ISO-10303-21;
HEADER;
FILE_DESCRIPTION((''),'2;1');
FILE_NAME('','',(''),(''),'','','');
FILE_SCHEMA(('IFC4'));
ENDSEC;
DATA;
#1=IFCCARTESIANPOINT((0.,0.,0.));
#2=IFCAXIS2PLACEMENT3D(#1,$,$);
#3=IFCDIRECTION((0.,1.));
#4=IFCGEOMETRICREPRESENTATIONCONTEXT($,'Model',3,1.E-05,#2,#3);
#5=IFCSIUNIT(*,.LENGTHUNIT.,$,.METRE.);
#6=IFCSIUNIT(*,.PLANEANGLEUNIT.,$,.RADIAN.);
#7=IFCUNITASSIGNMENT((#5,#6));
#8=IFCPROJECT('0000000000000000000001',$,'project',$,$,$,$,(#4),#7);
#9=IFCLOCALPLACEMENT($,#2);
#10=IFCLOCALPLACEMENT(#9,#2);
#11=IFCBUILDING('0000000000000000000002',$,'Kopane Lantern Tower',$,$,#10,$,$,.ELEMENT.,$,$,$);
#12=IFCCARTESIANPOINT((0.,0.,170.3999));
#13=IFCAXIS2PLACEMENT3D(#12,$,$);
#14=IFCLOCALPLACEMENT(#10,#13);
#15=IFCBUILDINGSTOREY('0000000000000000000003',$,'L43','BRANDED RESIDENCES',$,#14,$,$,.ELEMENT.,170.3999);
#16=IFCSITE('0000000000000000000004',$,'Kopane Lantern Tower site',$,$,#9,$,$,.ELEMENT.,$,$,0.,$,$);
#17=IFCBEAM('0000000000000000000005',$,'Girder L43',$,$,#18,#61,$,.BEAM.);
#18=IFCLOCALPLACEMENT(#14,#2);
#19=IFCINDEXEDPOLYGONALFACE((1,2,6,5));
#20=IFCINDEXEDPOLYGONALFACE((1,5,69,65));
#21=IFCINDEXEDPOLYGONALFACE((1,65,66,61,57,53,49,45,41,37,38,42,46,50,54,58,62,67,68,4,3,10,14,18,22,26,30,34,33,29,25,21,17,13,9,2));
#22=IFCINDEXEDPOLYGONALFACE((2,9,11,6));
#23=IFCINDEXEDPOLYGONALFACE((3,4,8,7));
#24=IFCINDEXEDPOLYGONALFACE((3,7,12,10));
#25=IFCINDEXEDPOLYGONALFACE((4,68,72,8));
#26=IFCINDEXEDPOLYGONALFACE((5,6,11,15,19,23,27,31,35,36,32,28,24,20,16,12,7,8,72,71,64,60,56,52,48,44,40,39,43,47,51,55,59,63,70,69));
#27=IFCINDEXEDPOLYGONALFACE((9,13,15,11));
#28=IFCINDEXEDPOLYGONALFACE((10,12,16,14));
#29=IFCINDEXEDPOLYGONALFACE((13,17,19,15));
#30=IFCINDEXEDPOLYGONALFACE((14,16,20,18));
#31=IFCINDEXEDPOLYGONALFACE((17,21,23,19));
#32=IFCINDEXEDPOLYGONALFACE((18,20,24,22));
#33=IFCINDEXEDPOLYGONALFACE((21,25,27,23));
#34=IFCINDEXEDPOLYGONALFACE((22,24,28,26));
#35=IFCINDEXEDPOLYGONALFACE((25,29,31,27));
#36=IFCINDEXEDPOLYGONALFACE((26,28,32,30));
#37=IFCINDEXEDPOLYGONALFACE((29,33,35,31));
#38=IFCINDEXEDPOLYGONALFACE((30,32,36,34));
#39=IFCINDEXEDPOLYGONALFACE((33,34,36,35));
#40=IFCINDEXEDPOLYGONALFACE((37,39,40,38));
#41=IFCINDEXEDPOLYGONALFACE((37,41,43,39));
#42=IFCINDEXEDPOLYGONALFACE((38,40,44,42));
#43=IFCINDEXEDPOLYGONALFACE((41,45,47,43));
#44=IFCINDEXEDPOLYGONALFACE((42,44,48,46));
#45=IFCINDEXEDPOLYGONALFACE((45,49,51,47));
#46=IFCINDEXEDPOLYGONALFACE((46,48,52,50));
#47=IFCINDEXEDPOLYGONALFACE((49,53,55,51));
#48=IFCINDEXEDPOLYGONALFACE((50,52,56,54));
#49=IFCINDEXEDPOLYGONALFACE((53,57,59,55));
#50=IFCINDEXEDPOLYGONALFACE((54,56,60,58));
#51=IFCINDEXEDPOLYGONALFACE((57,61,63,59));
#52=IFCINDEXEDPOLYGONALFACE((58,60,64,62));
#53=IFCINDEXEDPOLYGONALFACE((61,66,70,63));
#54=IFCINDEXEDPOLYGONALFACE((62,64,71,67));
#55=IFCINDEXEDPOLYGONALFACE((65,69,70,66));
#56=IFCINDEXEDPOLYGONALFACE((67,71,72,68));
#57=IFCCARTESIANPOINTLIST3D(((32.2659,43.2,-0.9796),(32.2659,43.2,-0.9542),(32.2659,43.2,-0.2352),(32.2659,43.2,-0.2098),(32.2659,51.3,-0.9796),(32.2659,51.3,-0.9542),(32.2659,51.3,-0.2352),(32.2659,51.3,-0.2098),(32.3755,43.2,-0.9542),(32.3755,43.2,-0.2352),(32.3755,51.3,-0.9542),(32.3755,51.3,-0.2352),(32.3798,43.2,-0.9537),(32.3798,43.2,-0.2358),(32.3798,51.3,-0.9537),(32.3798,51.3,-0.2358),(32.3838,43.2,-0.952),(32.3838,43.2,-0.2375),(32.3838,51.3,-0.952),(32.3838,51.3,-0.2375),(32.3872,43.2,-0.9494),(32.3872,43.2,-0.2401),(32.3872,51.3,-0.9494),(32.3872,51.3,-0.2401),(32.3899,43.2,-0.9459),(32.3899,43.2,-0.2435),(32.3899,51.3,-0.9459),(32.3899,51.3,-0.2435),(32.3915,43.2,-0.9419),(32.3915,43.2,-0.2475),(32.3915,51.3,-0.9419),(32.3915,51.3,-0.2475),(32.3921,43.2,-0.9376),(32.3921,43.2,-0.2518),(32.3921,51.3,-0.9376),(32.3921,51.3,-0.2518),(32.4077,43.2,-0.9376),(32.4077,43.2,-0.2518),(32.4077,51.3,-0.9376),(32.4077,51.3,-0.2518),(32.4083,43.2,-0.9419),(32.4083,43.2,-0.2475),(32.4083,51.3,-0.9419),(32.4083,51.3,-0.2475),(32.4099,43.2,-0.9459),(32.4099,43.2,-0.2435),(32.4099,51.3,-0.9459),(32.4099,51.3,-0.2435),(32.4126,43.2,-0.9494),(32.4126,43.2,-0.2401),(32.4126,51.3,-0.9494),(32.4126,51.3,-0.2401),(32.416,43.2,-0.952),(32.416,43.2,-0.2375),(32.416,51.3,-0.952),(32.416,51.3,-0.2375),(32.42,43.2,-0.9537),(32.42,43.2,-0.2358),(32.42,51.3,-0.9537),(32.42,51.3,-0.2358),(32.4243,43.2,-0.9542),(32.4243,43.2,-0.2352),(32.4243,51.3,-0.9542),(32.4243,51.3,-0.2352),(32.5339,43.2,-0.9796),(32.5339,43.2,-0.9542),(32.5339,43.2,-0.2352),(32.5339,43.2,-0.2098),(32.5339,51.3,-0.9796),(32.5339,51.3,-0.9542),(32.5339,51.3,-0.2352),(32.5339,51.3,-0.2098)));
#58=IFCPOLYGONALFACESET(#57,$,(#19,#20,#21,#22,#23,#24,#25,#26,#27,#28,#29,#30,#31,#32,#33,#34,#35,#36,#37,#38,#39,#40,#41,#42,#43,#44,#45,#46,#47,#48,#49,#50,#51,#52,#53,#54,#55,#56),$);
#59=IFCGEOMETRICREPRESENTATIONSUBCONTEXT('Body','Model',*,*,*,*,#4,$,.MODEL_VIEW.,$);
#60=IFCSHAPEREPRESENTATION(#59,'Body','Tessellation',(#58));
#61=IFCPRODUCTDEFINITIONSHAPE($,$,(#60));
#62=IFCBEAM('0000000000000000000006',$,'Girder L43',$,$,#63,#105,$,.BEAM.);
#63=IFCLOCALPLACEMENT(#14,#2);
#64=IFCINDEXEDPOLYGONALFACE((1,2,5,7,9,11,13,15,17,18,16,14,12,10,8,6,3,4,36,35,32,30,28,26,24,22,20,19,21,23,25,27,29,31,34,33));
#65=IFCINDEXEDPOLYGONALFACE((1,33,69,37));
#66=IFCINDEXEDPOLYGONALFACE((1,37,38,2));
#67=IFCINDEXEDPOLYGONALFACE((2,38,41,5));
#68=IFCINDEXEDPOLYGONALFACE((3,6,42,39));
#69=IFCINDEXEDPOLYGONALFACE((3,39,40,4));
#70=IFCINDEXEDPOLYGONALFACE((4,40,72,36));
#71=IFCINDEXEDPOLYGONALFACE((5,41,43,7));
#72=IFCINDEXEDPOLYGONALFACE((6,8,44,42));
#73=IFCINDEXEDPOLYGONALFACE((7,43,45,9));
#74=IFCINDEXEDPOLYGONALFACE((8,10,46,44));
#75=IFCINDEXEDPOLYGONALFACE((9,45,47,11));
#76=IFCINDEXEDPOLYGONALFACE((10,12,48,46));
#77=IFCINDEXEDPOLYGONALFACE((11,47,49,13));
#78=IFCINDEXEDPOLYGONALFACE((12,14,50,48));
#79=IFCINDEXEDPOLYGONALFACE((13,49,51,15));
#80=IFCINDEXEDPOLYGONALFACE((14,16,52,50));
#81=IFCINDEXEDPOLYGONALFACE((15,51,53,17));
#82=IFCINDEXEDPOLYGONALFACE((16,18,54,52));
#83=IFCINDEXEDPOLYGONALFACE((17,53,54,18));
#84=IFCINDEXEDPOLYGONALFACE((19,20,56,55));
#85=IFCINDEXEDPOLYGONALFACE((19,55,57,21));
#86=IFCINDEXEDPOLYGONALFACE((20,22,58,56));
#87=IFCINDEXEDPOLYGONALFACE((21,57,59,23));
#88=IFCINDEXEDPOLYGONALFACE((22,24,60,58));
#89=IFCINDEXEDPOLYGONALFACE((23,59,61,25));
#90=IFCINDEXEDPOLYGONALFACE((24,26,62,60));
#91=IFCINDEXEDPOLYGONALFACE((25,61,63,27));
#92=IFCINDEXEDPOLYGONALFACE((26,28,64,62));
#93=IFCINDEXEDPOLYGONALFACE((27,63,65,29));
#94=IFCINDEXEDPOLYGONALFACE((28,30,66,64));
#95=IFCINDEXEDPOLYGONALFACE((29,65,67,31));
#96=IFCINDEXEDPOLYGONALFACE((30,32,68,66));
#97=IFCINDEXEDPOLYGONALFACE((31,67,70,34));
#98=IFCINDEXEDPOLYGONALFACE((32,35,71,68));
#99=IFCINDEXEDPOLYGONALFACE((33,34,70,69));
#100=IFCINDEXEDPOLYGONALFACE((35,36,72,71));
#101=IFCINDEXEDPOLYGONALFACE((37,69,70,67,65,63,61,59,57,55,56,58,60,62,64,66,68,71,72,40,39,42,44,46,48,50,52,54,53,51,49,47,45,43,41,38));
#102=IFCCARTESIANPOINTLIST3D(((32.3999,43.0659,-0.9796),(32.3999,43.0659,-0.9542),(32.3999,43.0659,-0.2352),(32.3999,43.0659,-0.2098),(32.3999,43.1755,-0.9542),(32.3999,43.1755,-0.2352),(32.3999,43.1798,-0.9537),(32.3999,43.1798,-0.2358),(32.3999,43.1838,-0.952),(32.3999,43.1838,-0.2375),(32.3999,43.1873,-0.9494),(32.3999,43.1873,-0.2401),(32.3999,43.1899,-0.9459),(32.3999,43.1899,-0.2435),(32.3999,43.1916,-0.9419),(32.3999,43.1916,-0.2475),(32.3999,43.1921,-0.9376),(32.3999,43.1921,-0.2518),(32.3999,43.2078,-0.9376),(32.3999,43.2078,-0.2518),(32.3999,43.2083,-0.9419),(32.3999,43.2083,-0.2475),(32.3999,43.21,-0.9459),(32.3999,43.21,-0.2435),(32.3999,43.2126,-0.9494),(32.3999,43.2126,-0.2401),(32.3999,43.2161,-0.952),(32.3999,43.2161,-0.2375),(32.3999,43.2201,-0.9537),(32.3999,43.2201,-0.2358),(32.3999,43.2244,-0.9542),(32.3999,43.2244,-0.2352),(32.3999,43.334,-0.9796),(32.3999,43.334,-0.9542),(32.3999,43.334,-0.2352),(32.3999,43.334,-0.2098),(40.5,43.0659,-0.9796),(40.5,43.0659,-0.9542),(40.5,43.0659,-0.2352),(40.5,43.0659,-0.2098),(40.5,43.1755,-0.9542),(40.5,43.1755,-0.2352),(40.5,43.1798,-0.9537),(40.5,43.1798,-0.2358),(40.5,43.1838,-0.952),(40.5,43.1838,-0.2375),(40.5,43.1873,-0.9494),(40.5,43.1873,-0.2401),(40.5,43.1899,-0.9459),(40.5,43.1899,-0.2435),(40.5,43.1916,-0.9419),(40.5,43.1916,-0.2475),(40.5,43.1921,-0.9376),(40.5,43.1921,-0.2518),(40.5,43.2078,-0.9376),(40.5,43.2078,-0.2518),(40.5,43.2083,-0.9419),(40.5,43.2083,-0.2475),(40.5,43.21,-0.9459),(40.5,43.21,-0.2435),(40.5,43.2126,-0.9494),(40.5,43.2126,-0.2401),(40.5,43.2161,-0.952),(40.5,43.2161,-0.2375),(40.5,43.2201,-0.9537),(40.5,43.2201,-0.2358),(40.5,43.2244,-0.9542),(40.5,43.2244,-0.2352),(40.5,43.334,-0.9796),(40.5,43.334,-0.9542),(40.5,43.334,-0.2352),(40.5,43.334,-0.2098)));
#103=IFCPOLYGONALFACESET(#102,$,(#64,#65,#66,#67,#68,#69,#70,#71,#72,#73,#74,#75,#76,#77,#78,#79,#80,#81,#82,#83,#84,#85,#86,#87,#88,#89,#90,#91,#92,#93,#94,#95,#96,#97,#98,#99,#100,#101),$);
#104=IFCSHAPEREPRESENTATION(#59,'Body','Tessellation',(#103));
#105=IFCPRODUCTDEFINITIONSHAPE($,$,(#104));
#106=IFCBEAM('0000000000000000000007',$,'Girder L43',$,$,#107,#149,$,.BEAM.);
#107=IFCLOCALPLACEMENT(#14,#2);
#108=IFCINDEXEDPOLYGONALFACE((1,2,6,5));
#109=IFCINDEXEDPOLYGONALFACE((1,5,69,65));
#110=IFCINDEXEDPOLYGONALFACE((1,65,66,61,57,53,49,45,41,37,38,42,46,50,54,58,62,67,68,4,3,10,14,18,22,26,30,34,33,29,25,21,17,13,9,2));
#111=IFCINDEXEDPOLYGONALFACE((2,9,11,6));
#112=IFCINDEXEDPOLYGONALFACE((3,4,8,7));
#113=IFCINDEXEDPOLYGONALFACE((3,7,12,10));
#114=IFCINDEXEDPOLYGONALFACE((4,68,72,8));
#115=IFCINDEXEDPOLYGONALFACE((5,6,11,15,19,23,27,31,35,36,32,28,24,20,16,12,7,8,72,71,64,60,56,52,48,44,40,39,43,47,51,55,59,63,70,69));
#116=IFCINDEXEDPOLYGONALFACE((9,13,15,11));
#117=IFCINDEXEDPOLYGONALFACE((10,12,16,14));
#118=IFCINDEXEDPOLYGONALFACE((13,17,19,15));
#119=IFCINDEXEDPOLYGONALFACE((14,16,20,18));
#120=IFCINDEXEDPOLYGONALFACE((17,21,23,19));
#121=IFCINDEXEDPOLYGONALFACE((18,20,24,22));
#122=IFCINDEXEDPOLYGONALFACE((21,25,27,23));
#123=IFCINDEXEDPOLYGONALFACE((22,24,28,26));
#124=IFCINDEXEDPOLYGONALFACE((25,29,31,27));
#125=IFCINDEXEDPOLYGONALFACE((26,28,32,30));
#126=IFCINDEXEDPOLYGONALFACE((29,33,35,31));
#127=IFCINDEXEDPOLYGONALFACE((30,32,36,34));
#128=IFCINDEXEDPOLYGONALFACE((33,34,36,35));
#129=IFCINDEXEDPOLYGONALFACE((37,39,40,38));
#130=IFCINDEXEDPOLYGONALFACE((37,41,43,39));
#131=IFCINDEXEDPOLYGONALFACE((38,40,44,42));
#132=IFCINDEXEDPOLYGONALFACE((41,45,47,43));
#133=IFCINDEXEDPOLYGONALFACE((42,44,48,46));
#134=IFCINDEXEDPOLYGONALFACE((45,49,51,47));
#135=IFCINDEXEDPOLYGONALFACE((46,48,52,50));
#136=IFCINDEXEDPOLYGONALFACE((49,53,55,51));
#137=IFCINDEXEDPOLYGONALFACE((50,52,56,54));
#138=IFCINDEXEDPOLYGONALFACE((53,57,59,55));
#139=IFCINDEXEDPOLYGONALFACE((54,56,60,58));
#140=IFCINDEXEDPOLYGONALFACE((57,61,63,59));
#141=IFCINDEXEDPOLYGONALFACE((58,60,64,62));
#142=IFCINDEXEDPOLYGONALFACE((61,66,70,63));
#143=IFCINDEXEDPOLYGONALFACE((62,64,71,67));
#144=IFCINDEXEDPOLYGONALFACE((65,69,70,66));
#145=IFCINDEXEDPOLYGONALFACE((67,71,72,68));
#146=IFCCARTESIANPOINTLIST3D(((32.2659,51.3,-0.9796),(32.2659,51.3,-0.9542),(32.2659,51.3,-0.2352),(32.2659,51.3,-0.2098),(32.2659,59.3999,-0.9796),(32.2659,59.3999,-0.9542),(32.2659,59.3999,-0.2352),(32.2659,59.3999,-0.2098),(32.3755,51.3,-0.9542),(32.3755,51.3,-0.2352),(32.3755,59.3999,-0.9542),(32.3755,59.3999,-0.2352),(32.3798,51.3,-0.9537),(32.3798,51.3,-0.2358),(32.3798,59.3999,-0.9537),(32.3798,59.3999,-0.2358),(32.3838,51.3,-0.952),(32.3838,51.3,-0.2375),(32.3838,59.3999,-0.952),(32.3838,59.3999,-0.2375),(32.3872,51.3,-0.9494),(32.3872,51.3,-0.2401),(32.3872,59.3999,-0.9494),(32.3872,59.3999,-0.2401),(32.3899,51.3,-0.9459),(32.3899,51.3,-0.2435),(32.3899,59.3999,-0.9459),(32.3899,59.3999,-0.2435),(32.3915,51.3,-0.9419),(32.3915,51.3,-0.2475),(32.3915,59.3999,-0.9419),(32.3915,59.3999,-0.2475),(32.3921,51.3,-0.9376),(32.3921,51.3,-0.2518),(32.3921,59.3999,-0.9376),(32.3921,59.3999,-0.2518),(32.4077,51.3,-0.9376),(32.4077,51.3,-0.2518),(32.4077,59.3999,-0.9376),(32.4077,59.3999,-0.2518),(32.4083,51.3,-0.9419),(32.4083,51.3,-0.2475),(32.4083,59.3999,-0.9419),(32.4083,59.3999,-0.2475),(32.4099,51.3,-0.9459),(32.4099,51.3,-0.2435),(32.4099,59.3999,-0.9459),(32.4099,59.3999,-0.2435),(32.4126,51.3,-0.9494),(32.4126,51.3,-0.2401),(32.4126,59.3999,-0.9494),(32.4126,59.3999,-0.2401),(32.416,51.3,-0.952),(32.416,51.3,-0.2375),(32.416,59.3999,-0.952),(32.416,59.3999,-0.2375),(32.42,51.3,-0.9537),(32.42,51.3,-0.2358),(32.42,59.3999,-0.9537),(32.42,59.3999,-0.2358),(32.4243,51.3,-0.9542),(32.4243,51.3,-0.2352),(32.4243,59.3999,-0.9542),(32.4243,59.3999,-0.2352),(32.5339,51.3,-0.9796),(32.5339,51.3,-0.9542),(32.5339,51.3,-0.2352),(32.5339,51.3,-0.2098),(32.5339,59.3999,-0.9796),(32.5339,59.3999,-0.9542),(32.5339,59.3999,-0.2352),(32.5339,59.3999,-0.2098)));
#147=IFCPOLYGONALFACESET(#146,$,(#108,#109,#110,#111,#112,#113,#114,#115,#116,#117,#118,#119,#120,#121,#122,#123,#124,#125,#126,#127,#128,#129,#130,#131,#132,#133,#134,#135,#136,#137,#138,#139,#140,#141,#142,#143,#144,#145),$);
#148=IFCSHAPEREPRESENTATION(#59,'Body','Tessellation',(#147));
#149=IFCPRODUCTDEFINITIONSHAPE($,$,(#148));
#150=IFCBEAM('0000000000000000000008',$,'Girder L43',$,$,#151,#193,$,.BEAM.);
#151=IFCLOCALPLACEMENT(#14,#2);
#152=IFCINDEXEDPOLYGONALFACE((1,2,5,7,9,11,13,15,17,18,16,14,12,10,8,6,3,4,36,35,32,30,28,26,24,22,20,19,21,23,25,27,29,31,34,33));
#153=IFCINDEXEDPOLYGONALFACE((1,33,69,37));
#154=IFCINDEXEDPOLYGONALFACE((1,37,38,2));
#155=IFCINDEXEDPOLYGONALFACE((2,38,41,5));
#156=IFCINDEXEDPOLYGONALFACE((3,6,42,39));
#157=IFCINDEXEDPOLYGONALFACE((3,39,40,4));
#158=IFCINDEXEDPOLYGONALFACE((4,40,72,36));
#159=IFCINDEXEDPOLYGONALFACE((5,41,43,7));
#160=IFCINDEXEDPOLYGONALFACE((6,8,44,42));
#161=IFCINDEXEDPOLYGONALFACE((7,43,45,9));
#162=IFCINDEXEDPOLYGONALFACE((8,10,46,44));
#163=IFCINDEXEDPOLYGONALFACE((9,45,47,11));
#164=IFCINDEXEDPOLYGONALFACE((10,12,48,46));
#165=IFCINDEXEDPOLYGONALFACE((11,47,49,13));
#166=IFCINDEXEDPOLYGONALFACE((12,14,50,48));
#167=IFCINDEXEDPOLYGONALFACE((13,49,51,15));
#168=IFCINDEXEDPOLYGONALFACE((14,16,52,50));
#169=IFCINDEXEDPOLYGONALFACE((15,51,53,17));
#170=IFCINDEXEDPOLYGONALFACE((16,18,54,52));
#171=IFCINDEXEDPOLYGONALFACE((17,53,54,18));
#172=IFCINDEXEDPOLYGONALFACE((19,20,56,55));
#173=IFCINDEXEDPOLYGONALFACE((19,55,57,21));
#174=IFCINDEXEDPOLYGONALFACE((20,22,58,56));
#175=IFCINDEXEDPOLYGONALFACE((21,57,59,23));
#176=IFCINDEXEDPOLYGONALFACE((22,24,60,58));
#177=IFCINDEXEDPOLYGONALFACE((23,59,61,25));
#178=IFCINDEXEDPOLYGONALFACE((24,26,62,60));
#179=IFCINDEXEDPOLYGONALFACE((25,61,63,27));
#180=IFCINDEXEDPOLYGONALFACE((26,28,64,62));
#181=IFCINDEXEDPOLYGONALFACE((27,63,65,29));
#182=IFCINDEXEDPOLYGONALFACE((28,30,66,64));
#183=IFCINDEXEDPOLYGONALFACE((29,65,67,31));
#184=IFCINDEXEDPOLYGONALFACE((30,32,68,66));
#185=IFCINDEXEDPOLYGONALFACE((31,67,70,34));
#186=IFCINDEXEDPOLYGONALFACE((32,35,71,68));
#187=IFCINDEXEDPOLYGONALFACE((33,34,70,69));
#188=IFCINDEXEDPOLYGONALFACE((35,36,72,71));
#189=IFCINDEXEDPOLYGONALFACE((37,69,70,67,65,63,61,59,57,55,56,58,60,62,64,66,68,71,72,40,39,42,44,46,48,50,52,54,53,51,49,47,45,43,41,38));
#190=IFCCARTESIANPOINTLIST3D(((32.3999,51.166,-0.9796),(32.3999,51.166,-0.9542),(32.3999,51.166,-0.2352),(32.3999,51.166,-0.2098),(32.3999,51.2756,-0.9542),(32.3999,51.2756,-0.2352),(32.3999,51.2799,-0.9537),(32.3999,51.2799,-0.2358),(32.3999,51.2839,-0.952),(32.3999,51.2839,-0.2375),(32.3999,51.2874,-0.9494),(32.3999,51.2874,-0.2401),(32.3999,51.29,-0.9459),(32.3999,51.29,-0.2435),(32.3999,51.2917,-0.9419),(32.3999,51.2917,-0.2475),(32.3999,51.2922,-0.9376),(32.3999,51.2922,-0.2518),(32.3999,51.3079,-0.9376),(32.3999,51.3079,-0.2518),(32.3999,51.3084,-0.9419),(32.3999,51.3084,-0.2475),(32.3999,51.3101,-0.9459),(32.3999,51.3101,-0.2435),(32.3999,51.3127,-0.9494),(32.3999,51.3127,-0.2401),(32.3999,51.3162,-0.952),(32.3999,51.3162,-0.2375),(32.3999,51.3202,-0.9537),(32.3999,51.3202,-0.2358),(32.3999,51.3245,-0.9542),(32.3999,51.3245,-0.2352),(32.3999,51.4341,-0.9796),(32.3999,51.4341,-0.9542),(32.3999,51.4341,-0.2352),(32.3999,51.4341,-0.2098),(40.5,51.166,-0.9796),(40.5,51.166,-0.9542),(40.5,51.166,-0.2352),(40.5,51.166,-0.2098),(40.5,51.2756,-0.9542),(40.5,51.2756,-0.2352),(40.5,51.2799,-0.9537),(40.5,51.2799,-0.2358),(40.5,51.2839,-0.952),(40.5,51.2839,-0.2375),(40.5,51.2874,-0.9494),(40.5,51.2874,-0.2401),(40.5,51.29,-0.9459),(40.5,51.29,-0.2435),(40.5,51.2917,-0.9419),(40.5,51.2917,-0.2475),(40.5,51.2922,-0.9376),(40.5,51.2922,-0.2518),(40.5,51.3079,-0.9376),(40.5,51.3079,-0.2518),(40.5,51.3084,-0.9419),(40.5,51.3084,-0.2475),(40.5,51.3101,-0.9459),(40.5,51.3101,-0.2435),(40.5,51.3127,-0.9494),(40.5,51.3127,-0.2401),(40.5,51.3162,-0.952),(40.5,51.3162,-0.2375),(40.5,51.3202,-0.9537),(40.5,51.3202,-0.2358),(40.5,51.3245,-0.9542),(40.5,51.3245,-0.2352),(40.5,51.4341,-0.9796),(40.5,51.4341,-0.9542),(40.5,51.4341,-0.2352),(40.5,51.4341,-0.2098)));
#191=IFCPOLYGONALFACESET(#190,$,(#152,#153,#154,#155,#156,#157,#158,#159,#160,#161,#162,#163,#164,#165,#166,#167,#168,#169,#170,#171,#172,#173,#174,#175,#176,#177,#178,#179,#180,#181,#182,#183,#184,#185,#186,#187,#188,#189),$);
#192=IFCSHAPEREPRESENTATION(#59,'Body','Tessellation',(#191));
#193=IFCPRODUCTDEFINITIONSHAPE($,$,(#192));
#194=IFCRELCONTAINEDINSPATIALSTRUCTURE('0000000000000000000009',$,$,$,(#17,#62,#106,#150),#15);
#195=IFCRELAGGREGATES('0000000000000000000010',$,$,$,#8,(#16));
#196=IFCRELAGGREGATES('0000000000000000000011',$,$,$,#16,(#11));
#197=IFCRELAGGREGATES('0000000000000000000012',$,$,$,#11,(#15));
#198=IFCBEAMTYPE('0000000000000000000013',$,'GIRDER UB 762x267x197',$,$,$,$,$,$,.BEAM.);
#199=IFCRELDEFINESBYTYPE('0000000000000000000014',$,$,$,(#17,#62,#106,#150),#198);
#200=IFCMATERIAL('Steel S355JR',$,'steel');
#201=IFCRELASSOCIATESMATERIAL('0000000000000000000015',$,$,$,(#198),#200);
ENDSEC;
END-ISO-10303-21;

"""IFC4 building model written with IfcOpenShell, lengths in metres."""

from ifc_helpers import new_model, si_unit, direction, frame, origin, origin_2d, place, context, subcontext, project, spatial, i_section, extrude, material, material_profile, profile_set, type_object, element, save


model = new_model("IFC4")

# Units and contexts
model_context = context("Model", 3, precision=1e-05, world=origin(), true_north=direction((0.0, 1.0)))
body_context = subcontext(model_context, "Body", "Model", "MODEL_VIEW")
ifc_project = project(units=[si_unit("LENGTHUNIT", "METRE"), si_unit("PLANEANGLEUNIT", "RADIAN")], contexts=[model_context])

# Site, building, storey
site_placement = place(None, origin())
site = spatial("IfcSite", under=ifc_project, at=site_placement, Name="Kopane Lantern Tower site", CompositionType="ELEMENT", RefElevation=0.0)
building_placement = place(site_placement, origin())
building = spatial("IfcBuilding", under=site, at=building_placement, Name="Kopane Lantern Tower", CompositionType="ELEMENT")
storey_placement = place(building_placement, frame((0.0, 0.0, 170.3999)))
storey = spatial("IfcBuildingStorey", under=building, at=storey_placement, Name="L43", Description="BRANDED RESIDENCES", CompositionType="ELEMENT", Elevation=170.3999)

# Beams
ifc_material_1 = material(Name="Steel S355JR", Category="steel")
ifc_material_profile_1 = material_profile(ifc_material_1, i_section(OverallWidth=0.2681, OverallDepth=0.7698, WebThickness=0.0156, FlangeThickness=0.0254, FilletRadius=0.0166, at=origin_2d()), Name="UB 762x267x197")
ifc_profile_set_1 = profile_set([ifc_material_profile_1], Name="Steel S355JR")
beam_type_1 = type_object("IfcBeamType", Name="GIRDER UB 762x267x197", PredefinedType="BEAM", material=ifc_profile_set_1)
for number, where, z_axis, x_axis, name in (
    (1, (32.3999, 43.2, -0.5947), (0.0, 1.0, 0.0), (-1.0, 0.0, 0.0), "Girder L43"),
    (2, (32.3999, 43.2, -0.5947), (1.0, 0.0, 0.0), (0.0, 1.0, 0.0), "Girder L43"),
):
    element("IfcBeam", number, at=place(storey_placement, frame(where, z_axis=z_axis, x_axis=x_axis)), inside=storey, type_object=beam_type_1, Name=name, PredefinedType="BEAM", context=body_context, shape_type="SweptSolid", body=[
        extrude(i_section(OverallWidth=0.2681, OverallDepth=0.7698, WebThickness=0.0156, FlangeThickness=0.0254, FilletRadius=0.0166, at=origin_2d()), origin(), (0.0, 0.0, 1.0), 8.1001),
    ])
beam_1_placement = place(storey_placement, frame((32.3999, 51.3, -0.5947), z_axis=(0.0, 1.0, 0.0), x_axis=(-1.0, 0.0, 0.0)))
element("IfcBeam", 3, at=beam_1_placement, inside=storey, type_object=beam_type_1, Name="Girder L43", PredefinedType="BEAM", context=body_context, shape_type="SweptSolid", body=[
    extrude(i_section(OverallWidth=0.2681, OverallDepth=0.7698, WebThickness=0.0156, FlangeThickness=0.0254, FilletRadius=0.0166, at=origin_2d()), origin(), (0.0, 0.0, 1.0), 8.0999),
])
for number, where, z_axis, x_axis, name in (
    (4, (32.3999, 51.3, -0.5947), (1.0, 0.0, 0.0), (0.0, 1.0, 0.0), "Girder L43"),
):
    element("IfcBeam", number, at=place(storey_placement, frame(where, z_axis=z_axis, x_axis=x_axis)), inside=storey, type_object=beam_type_1, Name=name, PredefinedType="BEAM", context=body_context, shape_type="SweptSolid", body=[
        extrude(i_section(OverallWidth=0.2681, OverallDepth=0.7698, WebThickness=0.0156, FlangeThickness=0.0254, FilletRadius=0.0166, at=origin_2d()), origin(), (0.0, 0.0, 1.0), 8.1001),
    ])

save(model, "model.ifc")
